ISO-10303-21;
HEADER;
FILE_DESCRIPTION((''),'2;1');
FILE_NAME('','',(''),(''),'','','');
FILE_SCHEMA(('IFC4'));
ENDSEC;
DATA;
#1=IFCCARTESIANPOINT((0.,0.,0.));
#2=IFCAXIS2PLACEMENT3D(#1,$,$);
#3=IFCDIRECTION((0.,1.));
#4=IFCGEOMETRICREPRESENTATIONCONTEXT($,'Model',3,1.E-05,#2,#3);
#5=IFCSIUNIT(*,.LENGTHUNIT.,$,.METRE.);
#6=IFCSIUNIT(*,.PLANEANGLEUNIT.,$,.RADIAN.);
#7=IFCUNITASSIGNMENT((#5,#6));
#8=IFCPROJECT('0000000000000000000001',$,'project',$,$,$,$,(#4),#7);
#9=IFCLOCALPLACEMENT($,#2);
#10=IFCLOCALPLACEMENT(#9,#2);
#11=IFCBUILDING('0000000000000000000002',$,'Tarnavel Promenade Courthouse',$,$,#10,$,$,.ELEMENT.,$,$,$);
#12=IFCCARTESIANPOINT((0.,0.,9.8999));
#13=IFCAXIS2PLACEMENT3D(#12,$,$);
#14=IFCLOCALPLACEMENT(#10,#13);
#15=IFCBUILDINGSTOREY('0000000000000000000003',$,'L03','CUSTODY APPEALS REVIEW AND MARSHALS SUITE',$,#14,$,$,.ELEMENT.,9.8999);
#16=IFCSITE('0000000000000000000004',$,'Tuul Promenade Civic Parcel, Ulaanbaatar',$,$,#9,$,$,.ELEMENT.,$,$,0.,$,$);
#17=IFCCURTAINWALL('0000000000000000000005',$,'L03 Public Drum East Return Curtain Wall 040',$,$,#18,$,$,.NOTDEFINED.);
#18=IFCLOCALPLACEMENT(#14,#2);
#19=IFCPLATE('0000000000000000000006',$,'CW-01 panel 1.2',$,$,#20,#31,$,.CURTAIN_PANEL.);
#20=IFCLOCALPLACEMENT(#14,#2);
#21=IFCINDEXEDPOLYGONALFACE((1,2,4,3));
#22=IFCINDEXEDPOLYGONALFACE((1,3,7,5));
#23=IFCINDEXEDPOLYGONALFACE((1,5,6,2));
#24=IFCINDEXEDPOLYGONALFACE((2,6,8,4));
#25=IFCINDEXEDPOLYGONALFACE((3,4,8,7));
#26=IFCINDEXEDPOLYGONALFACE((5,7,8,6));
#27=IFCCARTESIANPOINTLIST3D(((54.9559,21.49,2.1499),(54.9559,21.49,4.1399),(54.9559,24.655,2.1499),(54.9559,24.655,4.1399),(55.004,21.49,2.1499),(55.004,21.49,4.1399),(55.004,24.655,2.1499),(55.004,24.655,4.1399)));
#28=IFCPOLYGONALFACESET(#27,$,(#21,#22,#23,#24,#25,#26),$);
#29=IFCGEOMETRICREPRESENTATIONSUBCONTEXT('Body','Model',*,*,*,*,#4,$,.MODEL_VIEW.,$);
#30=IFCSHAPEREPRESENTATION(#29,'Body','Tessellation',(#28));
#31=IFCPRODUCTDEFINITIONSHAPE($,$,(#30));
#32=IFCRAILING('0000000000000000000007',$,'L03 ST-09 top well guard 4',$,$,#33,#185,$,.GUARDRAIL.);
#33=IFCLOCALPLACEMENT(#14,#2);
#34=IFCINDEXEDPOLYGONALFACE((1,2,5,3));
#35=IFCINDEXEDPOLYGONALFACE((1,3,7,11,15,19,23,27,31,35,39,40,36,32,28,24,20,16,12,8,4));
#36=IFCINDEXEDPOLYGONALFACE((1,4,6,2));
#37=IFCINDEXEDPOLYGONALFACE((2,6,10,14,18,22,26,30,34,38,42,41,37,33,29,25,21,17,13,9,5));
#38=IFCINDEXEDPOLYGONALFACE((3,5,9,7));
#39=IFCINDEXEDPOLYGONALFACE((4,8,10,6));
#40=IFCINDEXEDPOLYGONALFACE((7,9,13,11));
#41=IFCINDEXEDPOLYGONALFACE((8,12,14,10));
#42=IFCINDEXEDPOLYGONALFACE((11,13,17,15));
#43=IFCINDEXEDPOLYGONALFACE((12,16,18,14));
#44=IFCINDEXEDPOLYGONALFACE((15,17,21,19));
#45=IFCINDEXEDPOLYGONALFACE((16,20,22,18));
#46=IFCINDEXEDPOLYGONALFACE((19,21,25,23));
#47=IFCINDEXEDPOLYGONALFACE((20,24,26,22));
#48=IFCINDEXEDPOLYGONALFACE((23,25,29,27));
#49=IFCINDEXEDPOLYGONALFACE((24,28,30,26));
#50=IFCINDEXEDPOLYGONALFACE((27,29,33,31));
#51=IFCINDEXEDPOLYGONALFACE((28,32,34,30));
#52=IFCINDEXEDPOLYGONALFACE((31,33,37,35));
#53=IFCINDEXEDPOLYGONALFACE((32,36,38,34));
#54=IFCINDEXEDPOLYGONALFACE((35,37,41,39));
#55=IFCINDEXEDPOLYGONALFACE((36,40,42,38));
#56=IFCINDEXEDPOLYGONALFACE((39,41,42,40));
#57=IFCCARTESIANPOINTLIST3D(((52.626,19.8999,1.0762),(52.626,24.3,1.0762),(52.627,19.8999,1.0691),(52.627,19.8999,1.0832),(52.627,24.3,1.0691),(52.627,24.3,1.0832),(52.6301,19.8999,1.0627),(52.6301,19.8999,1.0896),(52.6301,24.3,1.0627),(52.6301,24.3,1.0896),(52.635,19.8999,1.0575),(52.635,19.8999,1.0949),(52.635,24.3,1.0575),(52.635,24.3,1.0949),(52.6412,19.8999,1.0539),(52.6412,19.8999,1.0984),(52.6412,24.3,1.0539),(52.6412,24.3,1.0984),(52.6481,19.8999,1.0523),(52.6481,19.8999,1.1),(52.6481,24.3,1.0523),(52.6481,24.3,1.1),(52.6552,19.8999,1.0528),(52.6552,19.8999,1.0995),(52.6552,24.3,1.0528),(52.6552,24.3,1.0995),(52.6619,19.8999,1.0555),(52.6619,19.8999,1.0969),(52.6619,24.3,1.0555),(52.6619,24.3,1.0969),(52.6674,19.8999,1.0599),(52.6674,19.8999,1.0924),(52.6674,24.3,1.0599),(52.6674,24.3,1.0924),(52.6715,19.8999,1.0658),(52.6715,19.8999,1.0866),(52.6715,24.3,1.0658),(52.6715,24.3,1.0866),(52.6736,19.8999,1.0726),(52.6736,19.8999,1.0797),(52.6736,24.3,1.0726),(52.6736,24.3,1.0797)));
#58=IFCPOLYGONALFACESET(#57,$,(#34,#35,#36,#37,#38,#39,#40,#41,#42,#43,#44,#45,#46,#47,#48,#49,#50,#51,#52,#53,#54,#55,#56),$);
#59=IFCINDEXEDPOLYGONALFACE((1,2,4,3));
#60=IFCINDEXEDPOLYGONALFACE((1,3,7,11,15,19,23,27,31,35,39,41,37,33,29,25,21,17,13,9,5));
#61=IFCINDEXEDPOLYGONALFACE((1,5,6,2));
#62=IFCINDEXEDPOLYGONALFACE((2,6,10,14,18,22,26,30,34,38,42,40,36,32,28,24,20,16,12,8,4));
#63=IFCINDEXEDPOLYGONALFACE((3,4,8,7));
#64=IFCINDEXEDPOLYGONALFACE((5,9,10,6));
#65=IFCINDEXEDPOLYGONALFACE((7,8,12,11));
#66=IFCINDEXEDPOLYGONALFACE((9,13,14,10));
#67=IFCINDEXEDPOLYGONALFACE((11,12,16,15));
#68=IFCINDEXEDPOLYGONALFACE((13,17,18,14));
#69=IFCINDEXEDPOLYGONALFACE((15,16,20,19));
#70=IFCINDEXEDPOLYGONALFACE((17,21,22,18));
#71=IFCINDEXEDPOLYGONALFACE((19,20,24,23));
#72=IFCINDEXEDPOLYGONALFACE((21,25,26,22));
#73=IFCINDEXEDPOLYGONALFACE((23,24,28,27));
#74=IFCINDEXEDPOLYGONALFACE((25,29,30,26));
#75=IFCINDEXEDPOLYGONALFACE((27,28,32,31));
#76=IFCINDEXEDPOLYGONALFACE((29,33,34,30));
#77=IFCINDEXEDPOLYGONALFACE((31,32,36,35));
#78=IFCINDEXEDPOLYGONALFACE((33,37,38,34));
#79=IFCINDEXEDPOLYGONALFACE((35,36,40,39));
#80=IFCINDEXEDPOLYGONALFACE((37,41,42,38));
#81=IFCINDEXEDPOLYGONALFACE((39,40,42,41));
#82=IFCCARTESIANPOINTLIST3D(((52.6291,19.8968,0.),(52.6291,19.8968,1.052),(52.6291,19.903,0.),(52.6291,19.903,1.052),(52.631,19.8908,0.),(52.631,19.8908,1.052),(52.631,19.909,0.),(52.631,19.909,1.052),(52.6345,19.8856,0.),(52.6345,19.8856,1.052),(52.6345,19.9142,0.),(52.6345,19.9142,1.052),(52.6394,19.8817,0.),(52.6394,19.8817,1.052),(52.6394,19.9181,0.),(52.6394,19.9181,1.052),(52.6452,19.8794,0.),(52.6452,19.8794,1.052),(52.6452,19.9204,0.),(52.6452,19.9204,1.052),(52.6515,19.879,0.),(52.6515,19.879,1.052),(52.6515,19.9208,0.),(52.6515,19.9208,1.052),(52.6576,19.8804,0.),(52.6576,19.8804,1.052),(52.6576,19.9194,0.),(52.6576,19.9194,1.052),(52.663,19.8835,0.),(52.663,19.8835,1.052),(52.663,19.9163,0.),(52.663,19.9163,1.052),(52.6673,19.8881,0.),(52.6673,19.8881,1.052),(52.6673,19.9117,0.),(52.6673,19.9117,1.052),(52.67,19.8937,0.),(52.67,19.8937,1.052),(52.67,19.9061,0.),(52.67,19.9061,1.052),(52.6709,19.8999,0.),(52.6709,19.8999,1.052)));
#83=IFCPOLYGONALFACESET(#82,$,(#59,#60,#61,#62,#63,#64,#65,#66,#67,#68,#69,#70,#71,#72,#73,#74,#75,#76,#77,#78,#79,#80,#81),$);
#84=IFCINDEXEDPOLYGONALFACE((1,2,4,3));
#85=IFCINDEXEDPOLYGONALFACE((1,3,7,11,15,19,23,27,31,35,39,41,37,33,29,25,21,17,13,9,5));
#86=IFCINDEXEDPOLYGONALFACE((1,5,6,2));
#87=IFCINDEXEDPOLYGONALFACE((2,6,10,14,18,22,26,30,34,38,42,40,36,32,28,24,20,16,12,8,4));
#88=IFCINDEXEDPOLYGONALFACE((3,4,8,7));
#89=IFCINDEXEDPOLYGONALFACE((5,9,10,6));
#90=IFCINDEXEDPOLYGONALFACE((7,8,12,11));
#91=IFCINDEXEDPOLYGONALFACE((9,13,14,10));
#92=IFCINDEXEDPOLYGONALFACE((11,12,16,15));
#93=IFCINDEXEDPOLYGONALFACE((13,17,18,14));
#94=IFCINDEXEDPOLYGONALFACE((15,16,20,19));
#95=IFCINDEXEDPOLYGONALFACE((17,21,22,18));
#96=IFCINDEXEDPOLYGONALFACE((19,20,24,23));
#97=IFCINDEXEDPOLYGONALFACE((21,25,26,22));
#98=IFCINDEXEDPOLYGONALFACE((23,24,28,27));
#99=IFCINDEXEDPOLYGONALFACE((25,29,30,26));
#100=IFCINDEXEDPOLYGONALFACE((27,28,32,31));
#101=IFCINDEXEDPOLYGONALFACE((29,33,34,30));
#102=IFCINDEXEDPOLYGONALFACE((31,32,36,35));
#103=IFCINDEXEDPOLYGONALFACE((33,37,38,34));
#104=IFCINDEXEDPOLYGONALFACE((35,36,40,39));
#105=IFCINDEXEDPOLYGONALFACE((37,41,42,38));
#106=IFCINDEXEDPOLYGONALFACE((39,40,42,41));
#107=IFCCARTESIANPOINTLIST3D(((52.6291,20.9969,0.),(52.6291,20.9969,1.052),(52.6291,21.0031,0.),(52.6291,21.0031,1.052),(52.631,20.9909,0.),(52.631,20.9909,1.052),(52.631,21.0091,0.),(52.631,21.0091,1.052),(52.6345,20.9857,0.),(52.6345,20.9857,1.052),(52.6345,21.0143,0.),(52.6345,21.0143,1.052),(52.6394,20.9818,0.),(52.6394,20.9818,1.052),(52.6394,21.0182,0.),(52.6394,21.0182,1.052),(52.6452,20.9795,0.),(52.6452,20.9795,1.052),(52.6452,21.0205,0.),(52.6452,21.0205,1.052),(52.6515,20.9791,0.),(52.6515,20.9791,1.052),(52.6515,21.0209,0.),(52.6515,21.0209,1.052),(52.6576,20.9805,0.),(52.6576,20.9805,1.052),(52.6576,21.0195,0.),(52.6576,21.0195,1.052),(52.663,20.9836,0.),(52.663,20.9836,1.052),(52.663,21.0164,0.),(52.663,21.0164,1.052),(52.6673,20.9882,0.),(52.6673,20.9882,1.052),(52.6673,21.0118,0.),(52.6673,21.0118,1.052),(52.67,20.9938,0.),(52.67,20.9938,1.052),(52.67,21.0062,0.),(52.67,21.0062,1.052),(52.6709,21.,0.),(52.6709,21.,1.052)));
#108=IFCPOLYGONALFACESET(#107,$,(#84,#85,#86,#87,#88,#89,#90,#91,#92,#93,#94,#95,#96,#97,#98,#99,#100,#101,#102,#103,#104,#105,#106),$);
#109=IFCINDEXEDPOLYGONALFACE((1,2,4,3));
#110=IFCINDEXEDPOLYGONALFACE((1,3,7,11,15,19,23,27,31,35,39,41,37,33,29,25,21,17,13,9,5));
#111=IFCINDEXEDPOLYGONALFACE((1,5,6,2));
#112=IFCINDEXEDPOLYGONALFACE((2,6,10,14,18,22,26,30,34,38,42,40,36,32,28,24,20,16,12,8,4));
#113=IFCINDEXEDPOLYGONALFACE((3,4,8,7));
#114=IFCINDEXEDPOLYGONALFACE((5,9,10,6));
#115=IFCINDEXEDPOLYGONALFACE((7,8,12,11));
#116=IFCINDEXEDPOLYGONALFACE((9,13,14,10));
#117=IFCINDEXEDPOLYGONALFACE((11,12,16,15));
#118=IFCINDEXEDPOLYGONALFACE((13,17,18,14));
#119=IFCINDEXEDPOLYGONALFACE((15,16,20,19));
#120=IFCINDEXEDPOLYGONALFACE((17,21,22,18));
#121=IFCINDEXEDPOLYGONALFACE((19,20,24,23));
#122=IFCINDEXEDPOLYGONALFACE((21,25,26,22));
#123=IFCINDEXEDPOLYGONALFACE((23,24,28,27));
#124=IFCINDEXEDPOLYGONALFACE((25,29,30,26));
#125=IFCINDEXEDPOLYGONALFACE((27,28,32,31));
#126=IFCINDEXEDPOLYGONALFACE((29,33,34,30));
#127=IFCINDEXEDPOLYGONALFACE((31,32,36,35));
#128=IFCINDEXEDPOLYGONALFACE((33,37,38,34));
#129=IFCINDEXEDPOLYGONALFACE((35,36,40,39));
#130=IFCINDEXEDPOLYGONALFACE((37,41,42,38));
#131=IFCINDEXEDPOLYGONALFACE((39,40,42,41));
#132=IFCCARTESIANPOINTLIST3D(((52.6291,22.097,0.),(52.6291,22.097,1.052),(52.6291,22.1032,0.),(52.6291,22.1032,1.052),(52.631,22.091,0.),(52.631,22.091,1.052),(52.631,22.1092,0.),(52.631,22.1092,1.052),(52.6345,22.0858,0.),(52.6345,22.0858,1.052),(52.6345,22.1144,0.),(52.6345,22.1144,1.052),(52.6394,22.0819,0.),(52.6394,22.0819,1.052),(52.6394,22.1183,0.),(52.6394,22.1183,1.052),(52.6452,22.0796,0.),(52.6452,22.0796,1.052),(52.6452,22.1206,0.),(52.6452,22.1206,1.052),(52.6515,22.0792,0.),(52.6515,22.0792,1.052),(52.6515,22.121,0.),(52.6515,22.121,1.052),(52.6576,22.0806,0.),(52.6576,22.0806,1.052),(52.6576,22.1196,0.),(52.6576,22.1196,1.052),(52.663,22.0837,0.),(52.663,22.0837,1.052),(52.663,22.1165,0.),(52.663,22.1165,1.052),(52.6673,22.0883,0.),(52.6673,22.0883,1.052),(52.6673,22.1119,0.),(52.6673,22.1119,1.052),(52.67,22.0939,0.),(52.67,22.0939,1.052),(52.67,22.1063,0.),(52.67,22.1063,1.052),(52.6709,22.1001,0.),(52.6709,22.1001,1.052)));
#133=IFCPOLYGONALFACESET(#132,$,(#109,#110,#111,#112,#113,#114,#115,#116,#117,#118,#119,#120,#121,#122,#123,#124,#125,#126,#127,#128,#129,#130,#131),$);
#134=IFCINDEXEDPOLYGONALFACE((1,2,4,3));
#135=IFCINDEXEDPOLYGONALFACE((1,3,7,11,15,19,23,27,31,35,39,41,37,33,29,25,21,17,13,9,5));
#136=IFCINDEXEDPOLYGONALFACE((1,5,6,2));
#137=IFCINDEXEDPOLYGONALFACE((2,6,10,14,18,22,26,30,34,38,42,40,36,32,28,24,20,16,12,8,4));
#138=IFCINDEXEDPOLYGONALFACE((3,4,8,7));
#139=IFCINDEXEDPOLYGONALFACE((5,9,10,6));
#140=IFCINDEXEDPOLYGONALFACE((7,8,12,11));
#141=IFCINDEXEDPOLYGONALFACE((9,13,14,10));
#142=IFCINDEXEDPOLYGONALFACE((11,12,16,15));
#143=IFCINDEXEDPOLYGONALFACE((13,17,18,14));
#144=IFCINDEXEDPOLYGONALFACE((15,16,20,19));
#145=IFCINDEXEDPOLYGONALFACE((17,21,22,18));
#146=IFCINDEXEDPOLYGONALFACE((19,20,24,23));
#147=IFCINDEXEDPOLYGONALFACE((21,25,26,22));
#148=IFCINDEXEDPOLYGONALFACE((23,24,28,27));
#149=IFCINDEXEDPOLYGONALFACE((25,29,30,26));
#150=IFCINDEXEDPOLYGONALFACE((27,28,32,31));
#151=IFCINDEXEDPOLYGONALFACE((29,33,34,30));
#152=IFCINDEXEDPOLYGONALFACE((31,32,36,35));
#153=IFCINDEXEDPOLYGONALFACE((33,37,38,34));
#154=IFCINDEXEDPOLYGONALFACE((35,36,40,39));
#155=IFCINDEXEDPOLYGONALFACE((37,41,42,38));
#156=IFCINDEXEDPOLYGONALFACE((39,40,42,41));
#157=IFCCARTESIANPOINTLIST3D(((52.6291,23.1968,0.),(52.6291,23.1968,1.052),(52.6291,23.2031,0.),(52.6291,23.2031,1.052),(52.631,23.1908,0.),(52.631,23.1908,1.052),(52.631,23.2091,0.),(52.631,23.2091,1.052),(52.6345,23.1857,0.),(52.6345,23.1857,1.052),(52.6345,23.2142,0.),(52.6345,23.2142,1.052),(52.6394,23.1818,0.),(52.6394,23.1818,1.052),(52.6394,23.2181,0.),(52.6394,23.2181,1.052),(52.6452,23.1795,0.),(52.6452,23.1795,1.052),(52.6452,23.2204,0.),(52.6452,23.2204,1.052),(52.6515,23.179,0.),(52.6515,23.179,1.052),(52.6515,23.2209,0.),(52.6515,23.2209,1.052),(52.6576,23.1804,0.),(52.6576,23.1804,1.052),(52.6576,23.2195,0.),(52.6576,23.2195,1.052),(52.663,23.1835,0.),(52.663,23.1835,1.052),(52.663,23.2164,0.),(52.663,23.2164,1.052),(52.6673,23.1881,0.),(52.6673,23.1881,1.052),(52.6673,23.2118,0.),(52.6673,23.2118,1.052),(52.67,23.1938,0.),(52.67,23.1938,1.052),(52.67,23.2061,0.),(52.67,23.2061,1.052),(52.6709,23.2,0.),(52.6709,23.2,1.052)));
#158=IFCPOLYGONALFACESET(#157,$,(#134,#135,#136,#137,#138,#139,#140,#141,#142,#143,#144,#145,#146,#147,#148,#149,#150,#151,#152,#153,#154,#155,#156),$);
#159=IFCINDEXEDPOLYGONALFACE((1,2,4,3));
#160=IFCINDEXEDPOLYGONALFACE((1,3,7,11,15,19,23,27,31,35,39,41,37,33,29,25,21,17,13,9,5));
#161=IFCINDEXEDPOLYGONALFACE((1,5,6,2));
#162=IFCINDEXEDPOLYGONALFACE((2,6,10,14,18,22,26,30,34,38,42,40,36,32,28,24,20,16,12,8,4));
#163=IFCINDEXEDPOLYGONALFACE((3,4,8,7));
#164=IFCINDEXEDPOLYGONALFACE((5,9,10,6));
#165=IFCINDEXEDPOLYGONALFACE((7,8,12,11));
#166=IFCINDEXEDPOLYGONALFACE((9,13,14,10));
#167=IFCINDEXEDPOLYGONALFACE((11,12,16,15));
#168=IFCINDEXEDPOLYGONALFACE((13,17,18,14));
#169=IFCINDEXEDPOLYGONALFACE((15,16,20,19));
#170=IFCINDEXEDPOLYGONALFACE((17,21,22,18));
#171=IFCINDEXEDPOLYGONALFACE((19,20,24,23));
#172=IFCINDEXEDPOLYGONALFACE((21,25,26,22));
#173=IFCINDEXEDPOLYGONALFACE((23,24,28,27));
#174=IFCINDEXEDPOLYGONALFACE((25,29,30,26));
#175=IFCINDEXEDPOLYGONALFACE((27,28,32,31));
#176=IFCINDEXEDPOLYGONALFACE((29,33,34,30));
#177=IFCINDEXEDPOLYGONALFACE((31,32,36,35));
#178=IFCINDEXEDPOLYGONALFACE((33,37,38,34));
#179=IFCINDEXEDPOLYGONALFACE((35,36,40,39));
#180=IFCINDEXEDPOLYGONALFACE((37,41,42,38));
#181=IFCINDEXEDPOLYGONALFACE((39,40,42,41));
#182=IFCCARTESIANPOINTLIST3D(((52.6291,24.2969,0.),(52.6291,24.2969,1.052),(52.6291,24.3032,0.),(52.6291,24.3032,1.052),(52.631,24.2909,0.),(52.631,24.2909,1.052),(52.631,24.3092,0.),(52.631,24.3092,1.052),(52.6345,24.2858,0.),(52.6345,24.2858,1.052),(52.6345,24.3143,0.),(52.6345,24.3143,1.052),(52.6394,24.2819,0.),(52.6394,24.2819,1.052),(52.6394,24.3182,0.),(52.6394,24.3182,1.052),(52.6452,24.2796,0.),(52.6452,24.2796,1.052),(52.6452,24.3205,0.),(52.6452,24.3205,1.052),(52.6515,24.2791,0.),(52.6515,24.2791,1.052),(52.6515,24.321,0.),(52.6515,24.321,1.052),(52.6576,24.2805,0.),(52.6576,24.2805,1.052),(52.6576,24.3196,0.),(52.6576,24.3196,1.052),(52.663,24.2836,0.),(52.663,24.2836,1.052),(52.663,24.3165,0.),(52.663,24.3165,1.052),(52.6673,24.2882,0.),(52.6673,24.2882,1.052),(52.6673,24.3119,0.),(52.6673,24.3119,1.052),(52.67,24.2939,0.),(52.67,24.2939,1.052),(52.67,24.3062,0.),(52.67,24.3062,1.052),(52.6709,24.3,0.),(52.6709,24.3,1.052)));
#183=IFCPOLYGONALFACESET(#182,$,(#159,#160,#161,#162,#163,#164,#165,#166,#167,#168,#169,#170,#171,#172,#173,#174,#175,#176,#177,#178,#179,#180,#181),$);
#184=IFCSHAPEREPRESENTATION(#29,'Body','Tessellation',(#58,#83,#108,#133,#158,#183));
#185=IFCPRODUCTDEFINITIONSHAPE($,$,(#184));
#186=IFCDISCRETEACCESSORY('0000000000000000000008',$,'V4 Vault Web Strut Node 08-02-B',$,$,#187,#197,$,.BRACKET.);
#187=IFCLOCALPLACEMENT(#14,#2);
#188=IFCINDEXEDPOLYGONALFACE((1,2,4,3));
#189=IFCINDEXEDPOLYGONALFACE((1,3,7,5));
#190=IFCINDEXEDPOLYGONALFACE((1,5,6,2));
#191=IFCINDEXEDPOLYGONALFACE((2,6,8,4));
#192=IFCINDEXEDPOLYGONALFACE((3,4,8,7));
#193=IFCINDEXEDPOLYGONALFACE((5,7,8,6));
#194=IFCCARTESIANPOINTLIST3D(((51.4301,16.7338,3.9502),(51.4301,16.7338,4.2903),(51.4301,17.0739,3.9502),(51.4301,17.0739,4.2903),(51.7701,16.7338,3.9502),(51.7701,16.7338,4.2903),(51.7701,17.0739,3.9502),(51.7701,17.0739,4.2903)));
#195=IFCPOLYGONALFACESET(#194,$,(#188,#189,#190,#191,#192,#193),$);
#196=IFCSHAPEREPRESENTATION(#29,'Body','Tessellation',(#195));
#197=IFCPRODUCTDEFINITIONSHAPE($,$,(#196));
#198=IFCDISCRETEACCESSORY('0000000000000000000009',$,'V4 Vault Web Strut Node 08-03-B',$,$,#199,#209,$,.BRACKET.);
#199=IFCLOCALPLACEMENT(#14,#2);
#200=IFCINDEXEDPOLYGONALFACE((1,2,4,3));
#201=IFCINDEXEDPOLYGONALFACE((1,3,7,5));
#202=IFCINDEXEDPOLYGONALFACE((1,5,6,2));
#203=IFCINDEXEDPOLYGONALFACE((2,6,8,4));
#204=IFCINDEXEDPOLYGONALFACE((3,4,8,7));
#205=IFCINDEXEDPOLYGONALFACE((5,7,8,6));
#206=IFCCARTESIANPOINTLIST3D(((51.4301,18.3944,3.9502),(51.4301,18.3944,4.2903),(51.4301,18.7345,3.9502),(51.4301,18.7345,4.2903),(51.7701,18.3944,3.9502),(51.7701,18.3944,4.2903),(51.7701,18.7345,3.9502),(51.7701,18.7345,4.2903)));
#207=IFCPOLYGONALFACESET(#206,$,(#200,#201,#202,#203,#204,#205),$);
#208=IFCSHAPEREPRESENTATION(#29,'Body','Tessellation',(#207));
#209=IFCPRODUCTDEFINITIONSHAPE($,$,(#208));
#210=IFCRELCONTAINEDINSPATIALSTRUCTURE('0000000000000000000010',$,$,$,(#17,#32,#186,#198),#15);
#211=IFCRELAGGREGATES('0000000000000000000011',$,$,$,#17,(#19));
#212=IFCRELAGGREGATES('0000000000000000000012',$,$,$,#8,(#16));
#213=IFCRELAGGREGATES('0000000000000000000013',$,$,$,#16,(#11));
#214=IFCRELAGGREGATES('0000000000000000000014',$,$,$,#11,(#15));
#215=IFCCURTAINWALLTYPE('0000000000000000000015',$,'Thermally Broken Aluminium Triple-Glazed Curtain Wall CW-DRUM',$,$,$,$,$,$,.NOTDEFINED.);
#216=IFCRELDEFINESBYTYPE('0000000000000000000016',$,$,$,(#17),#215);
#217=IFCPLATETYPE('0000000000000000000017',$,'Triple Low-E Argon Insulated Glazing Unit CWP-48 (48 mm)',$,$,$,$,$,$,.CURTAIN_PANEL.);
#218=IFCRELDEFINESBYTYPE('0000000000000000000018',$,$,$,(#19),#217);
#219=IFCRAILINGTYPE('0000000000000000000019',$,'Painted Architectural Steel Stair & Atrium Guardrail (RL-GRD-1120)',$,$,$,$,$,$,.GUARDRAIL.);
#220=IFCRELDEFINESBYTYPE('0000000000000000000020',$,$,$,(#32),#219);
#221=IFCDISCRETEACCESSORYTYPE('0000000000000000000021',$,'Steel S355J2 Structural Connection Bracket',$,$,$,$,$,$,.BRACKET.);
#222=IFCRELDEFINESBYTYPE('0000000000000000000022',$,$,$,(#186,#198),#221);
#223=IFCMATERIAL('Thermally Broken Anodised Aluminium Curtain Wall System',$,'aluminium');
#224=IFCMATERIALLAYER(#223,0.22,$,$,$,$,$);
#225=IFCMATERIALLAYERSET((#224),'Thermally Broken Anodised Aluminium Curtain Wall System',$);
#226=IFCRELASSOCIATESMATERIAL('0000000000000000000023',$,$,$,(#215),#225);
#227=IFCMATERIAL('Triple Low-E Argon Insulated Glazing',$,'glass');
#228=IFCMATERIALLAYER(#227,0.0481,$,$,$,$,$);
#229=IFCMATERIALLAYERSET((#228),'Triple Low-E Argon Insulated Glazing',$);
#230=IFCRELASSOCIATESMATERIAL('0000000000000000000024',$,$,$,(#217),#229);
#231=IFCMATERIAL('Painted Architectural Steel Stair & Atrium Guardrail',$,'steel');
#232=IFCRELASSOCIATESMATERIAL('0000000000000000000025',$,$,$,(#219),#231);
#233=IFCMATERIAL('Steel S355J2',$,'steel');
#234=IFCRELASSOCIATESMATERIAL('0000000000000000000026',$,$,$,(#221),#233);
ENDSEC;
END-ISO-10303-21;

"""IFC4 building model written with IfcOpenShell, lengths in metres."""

from ifc_helpers import new_model, si_unit, direction, frame, origin, origin_2d, place, context, subcontext, project, spatial, rectangle, circle, extrude, material, layer, layer_set, type_object, element, aggregate, save


model = new_model("IFC4")

# Units and contexts
model_context = context("Model", 3, precision=1e-05, world=origin(), true_north=direction((0.0, 1.0)))
body_context = subcontext(model_context, "Body", "Model", "MODEL_VIEW")
ifc_project = project(units=[si_unit("LENGTHUNIT", "METRE"), si_unit("PLANEANGLEUNIT", "RADIAN")], contexts=[model_context])

# Site, building, storey
site_placement = place(None, origin())
site = spatial("IfcSite", under=ifc_project, at=site_placement, Name="Tuul Promenade Civic Parcel, Ulaanbaatar", CompositionType="ELEMENT", RefElevation=0.0)
building_placement = place(site_placement, origin())
building = spatial("IfcBuilding", under=site, at=building_placement, Name="Tarnavel Promenade Courthouse", CompositionType="ELEMENT")
storey_placement = place(building_placement, frame((0.0, 0.0, 9.8999)))
storey = spatial("IfcBuildingStorey", under=building, at=storey_placement, Name="L03", Description="CUSTODY APPEALS REVIEW AND MARSHALS SUITE", CompositionType="ELEMENT", Elevation=9.8999)

# Curtain wall
ifc_material_1 = material(Name="Thermally Broken Anodised Aluminium Curtain Wall System", Category="aluminium")
ifc_layer_1 = layer(ifc_material_1, 0.22)
ifc_layer_set_1 = layer_set([ifc_layer_1], Name="Thermally Broken Anodised Aluminium Curtain Wall System")
curtain_wall_type = type_object("IfcCurtainWallType", Name="Thermally Broken Aluminium Triple-Glazed Curtain Wall CW-DRUM", PredefinedType="NOTDEFINED", material=ifc_layer_set_1)
curtain_wall_1_placement = place(storey_placement, origin())
curtain_wall_1 = element("IfcCurtainWall", 1, at=curtain_wall_1_placement, inside=storey, type_object=curtain_wall_type, Name="L03 Public Drum East Return Curtain Wall 040", PredefinedType="NOTDEFINED")

# Plate
ifc_material_2 = material(Name="Triple Low-E Argon Insulated Glazing", Category="glass")
ifc_layer_2 = layer(ifc_material_2, 0.0481)
ifc_layer_set_2 = layer_set([ifc_layer_2], Name="Triple Low-E Argon Insulated Glazing")
plate_type = type_object("IfcPlateType", Name="Triple Low-E Argon Insulated Glazing Unit CWP-48 (48 mm)", PredefinedType="CURTAIN_PANEL", material=ifc_layer_set_2)
plate_1_placement = place(storey_placement, frame((54.98, 23.0725, 2.1499), z_axis=(0.0, 0.0, 1.0), x_axis=(0.0, 1.0, 0.0)))
plate_1 = element("IfcPlate", 2, at=plate_1_placement, type_object=plate_type, Name="CW-01 panel 1.2", PredefinedType="CURTAIN_PANEL", context=body_context, shape_type="SweptSolid", body=[
    extrude(rectangle(XDim=3.165, YDim=0.0481, at=origin_2d()), origin(), (0.0, 0.0, 1.0), 1.99),
])
aggregate(curtain_wall_1, [plate_1])

# Railing
ifc_material_3 = material(Name="Painted Architectural Steel Stair & Atrium Guardrail", Category="steel")
railing_type = type_object("IfcRailingType", Name="Painted Architectural Steel Stair & Atrium Guardrail (RL-GRD-1120)", PredefinedType="GUARDRAIL", material=ifc_material_3)
railing_placement = place(storey_placement, frame((52.6499, 19.8999, 0.0)))
element("IfcRailing", 3, at=railing_placement, inside=storey, type_object=railing_type, Name="L03 ST-09 top well guard 4", PredefinedType="GUARDRAIL", context=body_context, shape_type="SweptSolid", body=[
    extrude(circle(Radius=0.0239, at=origin_2d()), frame((0.0, 0.0, 1.0762), z_axis=(0.0, 1.0, 0.0), x_axis=(-1.0, 0.0, 0.0)), (0.0, 0.0, 1.0), 4.4001),
    extrude(circle(Radius=0.021, at=origin_2d()), origin(), (0.0, 0.0, 1.0), 1.052),
    extrude(circle(Radius=0.021, at=origin_2d()), frame((0.0, 1.1001, 0.0)), (0.0, 0.0, 1.0), 1.052),
    extrude(circle(Radius=0.021, at=origin_2d()), frame((0.0, 2.2002, 0.0)), (0.0, 0.0, 1.0), 1.052),
    extrude(circle(Radius=0.021, at=origin_2d()), frame((0.0, 3.3, 0.0)), (0.0, 0.0, 1.0), 1.052),
    extrude(circle(Radius=0.021, at=origin_2d()), frame((0.0, 4.4001, 0.0)), (0.0, 0.0, 1.0), 1.052),
])

# Discrete accessories
ifc_material_4 = material(Name="Steel S355J2", Category="steel")
discrete_accessory_type = type_object("IfcDiscreteAccessoryType", Name="Steel S355J2 Structural Connection Bracket", PredefinedType="BRACKET", material=ifc_material_4)
for number, where, z_axis, x_axis, name in (
    (4, (51.6001, 16.9038, 3.9502), (0.0, 0.0, 1.0), (1.0, 0.0, 0.0), "V4 Vault Web Strut Node 08-02-B"),
    (5, (51.6001, 18.5645, 3.9502), (0.0, 0.0, 1.0), (1.0, 0.0, 0.0), "V4 Vault Web Strut Node 08-03-B"),
):
    element("IfcDiscreteAccessory", number, at=place(storey_placement, frame(where, z_axis=z_axis, x_axis=x_axis)), inside=storey, type_object=discrete_accessory_type, Name=name, PredefinedType="BRACKET", context=body_context, shape_type="SweptSolid", body=[
        extrude(rectangle(XDim=0.3401, YDim=0.3401, at=origin_2d()), origin(), (0.0, 0.0, 1.0), 0.3401),
    ])

save(model, "model.ifc")
